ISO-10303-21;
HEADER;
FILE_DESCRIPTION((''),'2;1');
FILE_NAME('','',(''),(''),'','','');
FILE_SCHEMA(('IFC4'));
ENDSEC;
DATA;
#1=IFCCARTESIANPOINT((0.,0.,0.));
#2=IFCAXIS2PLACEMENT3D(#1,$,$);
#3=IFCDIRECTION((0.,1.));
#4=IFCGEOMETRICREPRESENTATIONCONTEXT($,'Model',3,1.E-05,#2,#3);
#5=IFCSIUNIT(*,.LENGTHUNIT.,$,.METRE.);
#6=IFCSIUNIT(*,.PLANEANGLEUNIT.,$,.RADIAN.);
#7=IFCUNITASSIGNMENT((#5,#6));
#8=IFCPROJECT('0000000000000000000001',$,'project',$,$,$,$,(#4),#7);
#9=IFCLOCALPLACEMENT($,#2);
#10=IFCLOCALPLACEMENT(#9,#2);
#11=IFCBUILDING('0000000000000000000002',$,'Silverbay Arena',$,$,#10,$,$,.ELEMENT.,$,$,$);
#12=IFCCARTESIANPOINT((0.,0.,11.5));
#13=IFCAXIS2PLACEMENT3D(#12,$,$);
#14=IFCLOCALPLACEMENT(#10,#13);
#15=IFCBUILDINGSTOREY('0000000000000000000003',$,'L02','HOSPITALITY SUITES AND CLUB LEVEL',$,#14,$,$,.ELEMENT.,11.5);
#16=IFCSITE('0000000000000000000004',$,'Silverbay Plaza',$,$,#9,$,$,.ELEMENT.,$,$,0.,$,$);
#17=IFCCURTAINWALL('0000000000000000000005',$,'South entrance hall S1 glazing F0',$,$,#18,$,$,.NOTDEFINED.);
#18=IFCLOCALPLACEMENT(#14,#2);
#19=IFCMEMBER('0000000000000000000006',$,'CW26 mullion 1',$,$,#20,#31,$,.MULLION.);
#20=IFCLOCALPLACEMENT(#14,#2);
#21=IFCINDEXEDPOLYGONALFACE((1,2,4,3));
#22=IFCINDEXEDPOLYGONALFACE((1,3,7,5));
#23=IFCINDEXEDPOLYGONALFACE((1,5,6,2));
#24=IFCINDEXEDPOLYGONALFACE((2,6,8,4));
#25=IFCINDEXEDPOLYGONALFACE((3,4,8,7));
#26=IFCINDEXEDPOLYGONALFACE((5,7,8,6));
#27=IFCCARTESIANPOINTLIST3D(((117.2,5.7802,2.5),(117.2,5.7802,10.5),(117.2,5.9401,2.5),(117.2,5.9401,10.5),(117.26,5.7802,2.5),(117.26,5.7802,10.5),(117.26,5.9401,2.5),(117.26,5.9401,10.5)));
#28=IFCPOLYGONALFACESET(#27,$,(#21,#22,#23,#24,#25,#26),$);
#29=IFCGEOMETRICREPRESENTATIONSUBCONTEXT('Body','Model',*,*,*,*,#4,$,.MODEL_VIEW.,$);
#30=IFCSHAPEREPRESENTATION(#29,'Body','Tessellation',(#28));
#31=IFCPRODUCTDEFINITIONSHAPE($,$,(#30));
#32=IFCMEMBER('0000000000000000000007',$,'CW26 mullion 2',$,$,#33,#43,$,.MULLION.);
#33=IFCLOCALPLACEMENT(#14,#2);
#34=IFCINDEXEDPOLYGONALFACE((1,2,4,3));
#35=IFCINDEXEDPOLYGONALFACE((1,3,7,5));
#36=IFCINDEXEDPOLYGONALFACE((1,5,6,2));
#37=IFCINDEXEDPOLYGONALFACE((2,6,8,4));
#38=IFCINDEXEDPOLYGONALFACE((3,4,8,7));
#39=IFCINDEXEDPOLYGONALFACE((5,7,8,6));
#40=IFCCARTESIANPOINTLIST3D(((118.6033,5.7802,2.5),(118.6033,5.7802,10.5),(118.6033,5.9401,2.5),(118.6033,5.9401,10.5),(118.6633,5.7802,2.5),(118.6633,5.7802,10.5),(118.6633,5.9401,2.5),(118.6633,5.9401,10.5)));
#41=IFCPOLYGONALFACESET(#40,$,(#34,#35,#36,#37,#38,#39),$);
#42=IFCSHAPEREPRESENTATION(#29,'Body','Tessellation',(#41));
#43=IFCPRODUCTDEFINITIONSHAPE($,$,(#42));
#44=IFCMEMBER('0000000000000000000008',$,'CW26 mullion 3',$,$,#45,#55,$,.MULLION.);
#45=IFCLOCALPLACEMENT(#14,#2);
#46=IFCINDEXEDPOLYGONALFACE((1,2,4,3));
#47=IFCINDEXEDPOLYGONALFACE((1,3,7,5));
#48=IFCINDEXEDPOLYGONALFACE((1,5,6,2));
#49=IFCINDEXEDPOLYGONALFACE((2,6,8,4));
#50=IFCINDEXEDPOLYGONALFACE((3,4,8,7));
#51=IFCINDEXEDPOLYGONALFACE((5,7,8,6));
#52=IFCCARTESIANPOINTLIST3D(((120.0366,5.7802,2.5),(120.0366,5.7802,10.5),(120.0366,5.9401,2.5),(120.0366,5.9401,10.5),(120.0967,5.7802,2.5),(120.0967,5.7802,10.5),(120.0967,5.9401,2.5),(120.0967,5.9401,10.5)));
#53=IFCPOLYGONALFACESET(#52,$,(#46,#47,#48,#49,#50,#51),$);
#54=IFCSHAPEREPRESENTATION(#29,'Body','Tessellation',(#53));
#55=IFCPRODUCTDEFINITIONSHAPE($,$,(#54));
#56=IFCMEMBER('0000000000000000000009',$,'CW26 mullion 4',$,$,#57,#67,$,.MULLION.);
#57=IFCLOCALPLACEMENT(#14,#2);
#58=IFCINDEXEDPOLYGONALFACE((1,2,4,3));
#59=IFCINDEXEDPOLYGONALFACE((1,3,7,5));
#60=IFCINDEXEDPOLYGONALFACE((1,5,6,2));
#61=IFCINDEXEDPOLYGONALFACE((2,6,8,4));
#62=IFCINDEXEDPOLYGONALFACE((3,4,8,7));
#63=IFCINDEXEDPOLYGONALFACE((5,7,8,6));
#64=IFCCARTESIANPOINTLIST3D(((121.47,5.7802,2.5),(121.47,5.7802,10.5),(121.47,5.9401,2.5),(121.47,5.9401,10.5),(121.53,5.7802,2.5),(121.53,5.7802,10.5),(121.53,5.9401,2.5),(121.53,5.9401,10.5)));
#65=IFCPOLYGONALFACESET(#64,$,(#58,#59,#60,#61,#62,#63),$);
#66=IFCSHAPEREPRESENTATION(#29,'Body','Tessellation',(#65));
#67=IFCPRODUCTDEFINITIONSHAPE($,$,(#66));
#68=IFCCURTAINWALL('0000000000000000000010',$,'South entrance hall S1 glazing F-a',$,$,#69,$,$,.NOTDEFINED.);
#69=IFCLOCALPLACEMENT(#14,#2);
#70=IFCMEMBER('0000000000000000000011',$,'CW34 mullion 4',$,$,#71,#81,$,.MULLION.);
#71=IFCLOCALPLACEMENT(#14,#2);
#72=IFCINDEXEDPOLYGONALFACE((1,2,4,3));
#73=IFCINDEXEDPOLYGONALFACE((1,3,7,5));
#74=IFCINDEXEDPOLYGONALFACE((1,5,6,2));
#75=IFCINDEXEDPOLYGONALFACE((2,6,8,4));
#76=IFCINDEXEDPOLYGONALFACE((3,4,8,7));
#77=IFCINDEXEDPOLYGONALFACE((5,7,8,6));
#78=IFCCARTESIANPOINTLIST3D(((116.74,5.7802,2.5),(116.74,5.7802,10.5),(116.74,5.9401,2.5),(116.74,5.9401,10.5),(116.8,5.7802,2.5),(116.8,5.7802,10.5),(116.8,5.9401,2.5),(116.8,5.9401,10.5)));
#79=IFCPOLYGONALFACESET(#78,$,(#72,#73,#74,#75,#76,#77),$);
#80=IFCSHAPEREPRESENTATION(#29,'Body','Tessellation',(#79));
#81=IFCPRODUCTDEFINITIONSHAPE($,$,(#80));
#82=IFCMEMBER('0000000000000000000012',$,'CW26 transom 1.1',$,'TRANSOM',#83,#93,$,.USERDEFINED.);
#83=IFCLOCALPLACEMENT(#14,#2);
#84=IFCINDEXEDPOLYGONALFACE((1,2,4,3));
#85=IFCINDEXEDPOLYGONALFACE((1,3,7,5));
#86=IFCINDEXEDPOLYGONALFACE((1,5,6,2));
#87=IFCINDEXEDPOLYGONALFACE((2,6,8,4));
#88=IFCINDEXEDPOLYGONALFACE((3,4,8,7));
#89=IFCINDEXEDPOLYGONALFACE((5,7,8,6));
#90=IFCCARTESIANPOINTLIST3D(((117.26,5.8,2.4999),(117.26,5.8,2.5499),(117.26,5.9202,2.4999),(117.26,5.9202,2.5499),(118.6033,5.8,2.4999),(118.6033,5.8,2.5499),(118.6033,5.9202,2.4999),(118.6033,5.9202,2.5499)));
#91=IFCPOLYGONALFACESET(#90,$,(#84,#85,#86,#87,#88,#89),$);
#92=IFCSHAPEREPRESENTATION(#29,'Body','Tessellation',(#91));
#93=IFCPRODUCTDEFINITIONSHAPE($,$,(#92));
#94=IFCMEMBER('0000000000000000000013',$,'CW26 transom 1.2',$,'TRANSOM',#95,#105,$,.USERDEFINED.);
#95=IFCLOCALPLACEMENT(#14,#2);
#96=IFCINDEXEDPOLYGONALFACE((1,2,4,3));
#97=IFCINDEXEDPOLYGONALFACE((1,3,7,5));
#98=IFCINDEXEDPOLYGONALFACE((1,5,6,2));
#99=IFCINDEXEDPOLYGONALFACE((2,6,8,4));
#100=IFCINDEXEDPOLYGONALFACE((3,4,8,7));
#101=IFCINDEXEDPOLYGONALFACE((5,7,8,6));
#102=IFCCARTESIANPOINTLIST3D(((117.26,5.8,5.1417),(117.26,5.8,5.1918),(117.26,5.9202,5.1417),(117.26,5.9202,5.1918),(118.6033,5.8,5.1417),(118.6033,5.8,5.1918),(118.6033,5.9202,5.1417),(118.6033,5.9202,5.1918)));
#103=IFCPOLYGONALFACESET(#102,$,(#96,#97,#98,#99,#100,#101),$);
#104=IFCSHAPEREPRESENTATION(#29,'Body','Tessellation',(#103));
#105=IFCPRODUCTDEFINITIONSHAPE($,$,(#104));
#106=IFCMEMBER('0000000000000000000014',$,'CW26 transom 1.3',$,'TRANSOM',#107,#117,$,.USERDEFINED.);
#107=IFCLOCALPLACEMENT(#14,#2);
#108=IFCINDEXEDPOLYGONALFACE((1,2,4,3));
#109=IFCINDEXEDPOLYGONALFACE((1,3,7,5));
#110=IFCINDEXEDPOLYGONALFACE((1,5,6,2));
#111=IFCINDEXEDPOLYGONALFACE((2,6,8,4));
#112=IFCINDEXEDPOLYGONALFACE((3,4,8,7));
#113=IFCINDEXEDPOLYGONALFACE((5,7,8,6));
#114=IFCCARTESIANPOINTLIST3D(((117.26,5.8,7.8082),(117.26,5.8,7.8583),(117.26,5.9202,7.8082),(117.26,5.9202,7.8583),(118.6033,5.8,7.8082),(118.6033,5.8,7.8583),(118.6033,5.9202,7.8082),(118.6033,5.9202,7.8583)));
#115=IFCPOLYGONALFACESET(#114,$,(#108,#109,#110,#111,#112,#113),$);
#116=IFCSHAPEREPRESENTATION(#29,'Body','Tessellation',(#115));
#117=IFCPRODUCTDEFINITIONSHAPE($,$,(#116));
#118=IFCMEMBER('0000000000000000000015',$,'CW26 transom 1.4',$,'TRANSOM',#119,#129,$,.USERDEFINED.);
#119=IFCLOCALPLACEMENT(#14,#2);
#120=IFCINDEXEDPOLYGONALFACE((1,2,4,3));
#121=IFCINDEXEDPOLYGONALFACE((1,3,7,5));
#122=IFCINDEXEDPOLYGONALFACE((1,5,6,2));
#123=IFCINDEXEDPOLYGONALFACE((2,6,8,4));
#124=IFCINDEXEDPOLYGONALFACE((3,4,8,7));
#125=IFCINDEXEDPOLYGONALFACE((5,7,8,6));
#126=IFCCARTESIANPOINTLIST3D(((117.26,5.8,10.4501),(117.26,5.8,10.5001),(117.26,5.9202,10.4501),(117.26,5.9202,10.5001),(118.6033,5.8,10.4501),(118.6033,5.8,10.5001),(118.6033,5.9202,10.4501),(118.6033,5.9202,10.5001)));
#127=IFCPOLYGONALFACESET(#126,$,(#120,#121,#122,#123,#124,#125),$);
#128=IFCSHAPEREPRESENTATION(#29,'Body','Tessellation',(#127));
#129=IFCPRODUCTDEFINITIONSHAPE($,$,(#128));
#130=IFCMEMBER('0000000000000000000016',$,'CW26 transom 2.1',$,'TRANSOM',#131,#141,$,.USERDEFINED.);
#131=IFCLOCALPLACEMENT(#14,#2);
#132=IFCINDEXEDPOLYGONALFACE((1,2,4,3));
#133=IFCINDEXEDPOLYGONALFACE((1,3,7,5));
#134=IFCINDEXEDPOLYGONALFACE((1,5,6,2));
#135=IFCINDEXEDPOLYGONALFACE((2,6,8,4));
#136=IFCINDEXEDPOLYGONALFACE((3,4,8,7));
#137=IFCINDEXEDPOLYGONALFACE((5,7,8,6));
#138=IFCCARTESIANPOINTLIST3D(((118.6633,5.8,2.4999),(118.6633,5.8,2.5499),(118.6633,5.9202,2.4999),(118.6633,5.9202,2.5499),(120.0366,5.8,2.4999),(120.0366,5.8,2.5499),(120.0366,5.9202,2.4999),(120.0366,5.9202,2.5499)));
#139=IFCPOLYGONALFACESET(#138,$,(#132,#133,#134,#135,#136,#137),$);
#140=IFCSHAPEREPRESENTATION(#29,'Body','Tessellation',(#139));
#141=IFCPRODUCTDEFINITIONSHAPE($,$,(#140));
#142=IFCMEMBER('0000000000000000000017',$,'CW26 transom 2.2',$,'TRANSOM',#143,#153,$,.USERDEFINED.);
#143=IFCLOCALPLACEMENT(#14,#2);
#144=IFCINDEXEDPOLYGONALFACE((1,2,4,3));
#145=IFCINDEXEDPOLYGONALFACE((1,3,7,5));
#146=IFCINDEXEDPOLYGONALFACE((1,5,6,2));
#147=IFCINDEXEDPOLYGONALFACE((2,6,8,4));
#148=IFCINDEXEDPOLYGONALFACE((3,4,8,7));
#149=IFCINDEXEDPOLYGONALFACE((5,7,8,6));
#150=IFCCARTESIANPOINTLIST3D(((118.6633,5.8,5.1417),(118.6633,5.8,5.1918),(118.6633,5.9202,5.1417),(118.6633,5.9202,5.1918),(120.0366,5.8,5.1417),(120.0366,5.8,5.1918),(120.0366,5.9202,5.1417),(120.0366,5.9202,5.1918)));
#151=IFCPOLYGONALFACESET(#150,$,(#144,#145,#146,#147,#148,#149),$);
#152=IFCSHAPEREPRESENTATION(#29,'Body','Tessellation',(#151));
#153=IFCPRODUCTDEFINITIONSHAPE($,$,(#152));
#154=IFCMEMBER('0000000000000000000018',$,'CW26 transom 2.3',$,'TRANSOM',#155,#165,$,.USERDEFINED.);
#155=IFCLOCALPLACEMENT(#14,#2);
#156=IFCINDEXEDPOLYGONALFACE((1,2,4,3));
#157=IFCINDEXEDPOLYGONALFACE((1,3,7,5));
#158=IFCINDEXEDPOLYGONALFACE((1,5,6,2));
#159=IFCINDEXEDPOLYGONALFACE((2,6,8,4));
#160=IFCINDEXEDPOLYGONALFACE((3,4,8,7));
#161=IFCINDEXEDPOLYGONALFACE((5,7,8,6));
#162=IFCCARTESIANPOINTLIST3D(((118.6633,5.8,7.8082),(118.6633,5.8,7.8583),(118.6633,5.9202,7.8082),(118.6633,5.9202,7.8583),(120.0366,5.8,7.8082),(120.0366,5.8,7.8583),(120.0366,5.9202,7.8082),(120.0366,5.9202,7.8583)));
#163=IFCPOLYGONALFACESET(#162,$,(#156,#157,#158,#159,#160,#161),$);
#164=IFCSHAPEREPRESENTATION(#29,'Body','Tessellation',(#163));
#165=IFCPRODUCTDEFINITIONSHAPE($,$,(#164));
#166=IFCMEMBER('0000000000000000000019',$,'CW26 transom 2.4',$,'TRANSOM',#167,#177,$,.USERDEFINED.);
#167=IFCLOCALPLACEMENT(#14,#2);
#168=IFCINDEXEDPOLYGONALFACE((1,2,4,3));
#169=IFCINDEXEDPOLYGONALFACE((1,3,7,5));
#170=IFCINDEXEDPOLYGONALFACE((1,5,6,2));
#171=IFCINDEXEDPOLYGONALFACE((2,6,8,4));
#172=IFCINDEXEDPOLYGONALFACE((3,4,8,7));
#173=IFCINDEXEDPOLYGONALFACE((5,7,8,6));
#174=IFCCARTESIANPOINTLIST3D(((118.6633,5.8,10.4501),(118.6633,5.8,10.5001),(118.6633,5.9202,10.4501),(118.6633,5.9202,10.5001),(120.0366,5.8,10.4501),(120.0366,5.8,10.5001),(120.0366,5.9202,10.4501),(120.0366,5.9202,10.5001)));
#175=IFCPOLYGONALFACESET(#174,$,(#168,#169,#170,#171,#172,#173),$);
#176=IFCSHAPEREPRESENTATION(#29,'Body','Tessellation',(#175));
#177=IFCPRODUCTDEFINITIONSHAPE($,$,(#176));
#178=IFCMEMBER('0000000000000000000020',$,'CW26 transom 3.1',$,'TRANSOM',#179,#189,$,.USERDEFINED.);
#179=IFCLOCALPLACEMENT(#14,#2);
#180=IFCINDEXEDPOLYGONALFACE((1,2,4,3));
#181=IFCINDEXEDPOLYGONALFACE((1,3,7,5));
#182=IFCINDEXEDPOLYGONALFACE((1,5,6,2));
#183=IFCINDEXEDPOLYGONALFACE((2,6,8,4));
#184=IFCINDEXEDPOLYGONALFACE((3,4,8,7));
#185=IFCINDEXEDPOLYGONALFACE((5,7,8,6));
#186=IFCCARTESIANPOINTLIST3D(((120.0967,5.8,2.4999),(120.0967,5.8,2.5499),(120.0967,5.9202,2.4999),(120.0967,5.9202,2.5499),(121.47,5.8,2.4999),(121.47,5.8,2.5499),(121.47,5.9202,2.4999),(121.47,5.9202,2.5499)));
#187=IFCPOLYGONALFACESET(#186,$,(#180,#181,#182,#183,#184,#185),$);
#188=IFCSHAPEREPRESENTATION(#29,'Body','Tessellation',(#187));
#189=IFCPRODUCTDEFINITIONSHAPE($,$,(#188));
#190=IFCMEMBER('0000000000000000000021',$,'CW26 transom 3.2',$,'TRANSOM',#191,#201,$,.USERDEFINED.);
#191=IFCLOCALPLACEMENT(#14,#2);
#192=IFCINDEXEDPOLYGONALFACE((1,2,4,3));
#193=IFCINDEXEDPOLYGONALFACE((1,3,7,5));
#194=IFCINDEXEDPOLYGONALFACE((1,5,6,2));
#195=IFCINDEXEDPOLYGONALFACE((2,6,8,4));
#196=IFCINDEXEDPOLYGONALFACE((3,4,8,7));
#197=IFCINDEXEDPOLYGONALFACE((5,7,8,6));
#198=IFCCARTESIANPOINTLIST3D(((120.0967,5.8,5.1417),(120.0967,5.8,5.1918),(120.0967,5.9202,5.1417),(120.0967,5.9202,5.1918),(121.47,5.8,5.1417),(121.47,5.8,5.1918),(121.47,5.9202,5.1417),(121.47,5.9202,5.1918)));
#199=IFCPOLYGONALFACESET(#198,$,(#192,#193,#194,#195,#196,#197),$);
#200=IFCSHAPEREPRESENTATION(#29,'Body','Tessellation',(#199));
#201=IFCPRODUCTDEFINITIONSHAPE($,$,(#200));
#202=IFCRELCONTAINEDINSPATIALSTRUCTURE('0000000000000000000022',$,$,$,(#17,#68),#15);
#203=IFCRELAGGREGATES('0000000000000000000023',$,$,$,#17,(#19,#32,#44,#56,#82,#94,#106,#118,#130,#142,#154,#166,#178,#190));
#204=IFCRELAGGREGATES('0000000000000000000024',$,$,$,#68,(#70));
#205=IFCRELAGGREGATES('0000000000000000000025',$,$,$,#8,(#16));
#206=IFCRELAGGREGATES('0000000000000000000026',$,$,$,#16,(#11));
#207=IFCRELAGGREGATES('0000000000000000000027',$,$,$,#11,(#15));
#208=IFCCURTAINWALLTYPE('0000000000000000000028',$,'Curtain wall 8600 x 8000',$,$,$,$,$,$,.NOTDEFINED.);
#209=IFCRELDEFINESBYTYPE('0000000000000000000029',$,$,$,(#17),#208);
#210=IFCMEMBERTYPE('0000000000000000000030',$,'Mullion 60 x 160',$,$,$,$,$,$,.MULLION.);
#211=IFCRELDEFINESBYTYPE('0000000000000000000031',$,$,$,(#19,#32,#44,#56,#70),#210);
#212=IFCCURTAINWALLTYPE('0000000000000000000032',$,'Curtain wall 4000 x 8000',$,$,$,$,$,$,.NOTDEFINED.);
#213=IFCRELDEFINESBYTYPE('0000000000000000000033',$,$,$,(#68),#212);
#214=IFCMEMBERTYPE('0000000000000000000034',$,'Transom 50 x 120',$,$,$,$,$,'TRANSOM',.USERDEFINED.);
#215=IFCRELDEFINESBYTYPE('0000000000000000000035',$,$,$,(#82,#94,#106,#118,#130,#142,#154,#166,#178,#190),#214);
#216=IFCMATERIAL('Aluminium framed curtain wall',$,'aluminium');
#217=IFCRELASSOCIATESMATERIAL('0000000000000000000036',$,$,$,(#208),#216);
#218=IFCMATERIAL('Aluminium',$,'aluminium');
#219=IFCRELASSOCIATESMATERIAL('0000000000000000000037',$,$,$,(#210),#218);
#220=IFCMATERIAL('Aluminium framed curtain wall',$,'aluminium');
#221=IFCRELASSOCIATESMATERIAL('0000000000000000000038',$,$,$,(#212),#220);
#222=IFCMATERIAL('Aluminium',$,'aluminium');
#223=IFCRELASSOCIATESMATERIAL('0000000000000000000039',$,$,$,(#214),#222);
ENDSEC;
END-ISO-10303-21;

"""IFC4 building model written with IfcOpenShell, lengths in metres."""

from ifc_helpers import new_model, si_unit, direction, frame, origin, origin_2d, place, context, subcontext, project, spatial, rectangle, extrude, material, material_profile, profile_set, type_object, element, aggregate, save


model = new_model("IFC4")

# Units and contexts
model_context = context("Model", 3, precision=1e-05, world=origin(), true_north=direction((0.0, 1.0)))
body_context = subcontext(model_context, "Body", "Model", "MODEL_VIEW")
ifc_project = project(units=[si_unit("LENGTHUNIT", "METRE"), si_unit("PLANEANGLEUNIT", "RADIAN")], contexts=[model_context])

# Site, building, storey
site_placement = place(None, origin())
site = spatial("IfcSite", under=ifc_project, at=site_placement, Name="Silverbay Plaza", CompositionType="ELEMENT", RefElevation=0.0)
building_placement = place(site_placement, origin())
building = spatial("IfcBuilding", under=site, at=building_placement, Name="Silverbay Arena", CompositionType="ELEMENT")
storey_placement = place(building_placement, frame((0.0, 0.0, 11.5)))
storey = spatial("IfcBuildingStorey", under=building, at=storey_placement, Name="L02", Description="HOSPITALITY SUITES AND CLUB LEVEL", CompositionType="ELEMENT", Elevation=11.5)

# Curtain wall, members
ifc_material_1 = material(Name="Aluminium framed curtain wall", Category="aluminium")
curtain_wall_type_1 = type_object("IfcCurtainWallType", Name="Curtain wall 8600 x 8000", PredefinedType="NOTDEFINED", material=ifc_material_1)
curtain_wall_1_placement = place(storey_placement, origin())
curtain_wall_1 = element("IfcCurtainWall", 1, at=curtain_wall_1_placement, inside=storey, type_object=curtain_wall_type_1, Name="South entrance hall S1 glazing F0", PredefinedType="NOTDEFINED")
ifc_material_2 = material(Name="Aluminium", Category="aluminium")
ifc_material_profile_1 = material_profile(ifc_material_2, rectangle(XDim=0.1599, YDim=0.0601, at=origin_2d()), Name="Mullion 60 x 160")
ifc_profile_set_1 = profile_set([ifc_material_profile_1], Name="Aluminium")
member_type_1 = type_object("IfcMemberType", Name="Mullion 60 x 160", PredefinedType="MULLION", material=ifc_profile_set_1)
member_1_placement = place(storey_placement, frame((117.23, 5.8601, 2.5), z_axis=(0.0, 0.0, 1.0), x_axis=(0.0, 1.0, 0.0)))
member_1 = element("IfcMember", 2, at=member_1_placement, type_object=member_type_1, Name="CW26 mullion 1", PredefinedType="MULLION", context=body_context, shape_type="SweptSolid", body=[
    extrude(rectangle(XDim=0.1599, YDim=0.0601, at=origin_2d()), origin(), (0.0, 0.0, 1.0), 8.0),
])
member_2_placement = place(storey_placement, frame((118.6333, 5.8601, 2.5), z_axis=(0.0, 0.0, 1.0), x_axis=(0.0, 1.0, 0.0)))
member_2 = element("IfcMember", 3, at=member_2_placement, type_object=member_type_1, Name="CW26 mullion 2", PredefinedType="MULLION", context=body_context, shape_type="SweptSolid", body=[
    extrude(rectangle(XDim=0.1599, YDim=0.0601, at=origin_2d()), origin(), (0.0, 0.0, 1.0), 8.0),
])
member_3_placement = place(storey_placement, frame((120.0667, 5.8601, 2.5), z_axis=(0.0, 0.0, 1.0), x_axis=(0.0, 1.0, 0.0)))
member_3 = element("IfcMember", 4, at=member_3_placement, type_object=member_type_1, Name="CW26 mullion 3", PredefinedType="MULLION", context=body_context, shape_type="SweptSolid", body=[
    extrude(rectangle(XDim=0.1599, YDim=0.0601, at=origin_2d()), origin(), (0.0, 0.0, 1.0), 8.0),
])
member_4_placement = place(storey_placement, frame((121.5, 5.8601, 2.5), z_axis=(0.0, 0.0, 1.0), x_axis=(0.0, 1.0, 0.0)))
member_4 = element("IfcMember", 5, at=member_4_placement, type_object=member_type_1, Name="CW26 mullion 4", PredefinedType="MULLION", context=body_context, shape_type="SweptSolid", body=[
    extrude(rectangle(XDim=0.1599, YDim=0.0601, at=origin_2d()), origin(), (0.0, 0.0, 1.0), 8.0),
])

# Curtain wall, member
ifc_material_3 = material(Name="Aluminium framed curtain wall", Category="aluminium")
curtain_wall_type_2 = type_object("IfcCurtainWallType", Name="Curtain wall 4000 x 8000", PredefinedType="NOTDEFINED", material=ifc_material_3)
curtain_wall_2_placement = place(storey_placement, origin())
curtain_wall_2 = element("IfcCurtainWall", 6, at=curtain_wall_2_placement, inside=storey, type_object=curtain_wall_type_2, Name="South entrance hall S1 glazing F-a", PredefinedType="NOTDEFINED")
member_5_placement = place(storey_placement, frame((116.77, 5.8601, 2.5), z_axis=(0.0, 0.0, 1.0), x_axis=(0.0, 1.0, 0.0)))
member_5 = element("IfcMember", 7, at=member_5_placement, type_object=member_type_1, Name="CW34 mullion 4", PredefinedType="MULLION", context=body_context, shape_type="SweptSolid", body=[
    extrude(rectangle(XDim=0.1599, YDim=0.0601, at=origin_2d()), origin(), (0.0, 0.0, 1.0), 8.0),
])

# Members
ifc_material_4 = material(Name="Aluminium", Category="aluminium")
ifc_material_profile_2 = material_profile(ifc_material_4, rectangle(XDim=0.1201, YDim=0.05, at=origin_2d()), Name="Transom 50 x 120")
ifc_profile_set_2 = profile_set([ifc_material_profile_2], Name="Aluminium")
member_type_2 = type_object("IfcMemberType", Name="Transom 50 x 120", ElementType="TRANSOM", PredefinedType="USERDEFINED", material=ifc_profile_set_2)
member_6_placement = place(storey_placement, frame((117.26, 5.8601, 2.5249), z_axis=(1.0, 0.0, 0.0), x_axis=(0.0, 1.0, 0.0)))
member_6 = element("IfcMember", 8, at=member_6_placement, type_object=member_type_2, Name="CW26 transom 1.1", ObjectType="TRANSOM", PredefinedType="USERDEFINED", context=body_context, shape_type="SweptSolid", body=[
    extrude(rectangle(XDim=0.1201, YDim=0.05, at=origin_2d()), origin(), (0.0, 0.0, 1.0), 1.3433),
])
member_7_placement = place(storey_placement, frame((117.26, 5.8601, 5.1667), z_axis=(1.0, 0.0, 0.0), x_axis=(0.0, 1.0, 0.0)))
member_7 = element("IfcMember", 9, at=member_7_placement, type_object=member_type_2, Name="CW26 transom 1.2", ObjectType="TRANSOM", PredefinedType="USERDEFINED", context=body_context, shape_type="SweptSolid", body=[
    extrude(rectangle(XDim=0.1201, YDim=0.05, at=origin_2d()), origin(), (0.0, 0.0, 1.0), 1.3433),
])
member_8_placement = place(storey_placement, frame((117.26, 5.8601, 7.8333), z_axis=(1.0, 0.0, 0.0), x_axis=(0.0, 1.0, 0.0)))
member_8 = element("IfcMember", 10, at=member_8_placement, type_object=member_type_2, Name="CW26 transom 1.3", ObjectType="TRANSOM", PredefinedType="USERDEFINED", context=body_context, shape_type="SweptSolid", body=[
    extrude(rectangle(XDim=0.1201, YDim=0.05, at=origin_2d()), origin(), (0.0, 0.0, 1.0), 1.3433),
])
member_9_placement = place(storey_placement, frame((117.26, 5.8601, 10.4751), z_axis=(1.0, 0.0, 0.0), x_axis=(0.0, 1.0, 0.0)))
member_9 = element("IfcMember", 11, at=member_9_placement, type_object=member_type_2, Name="CW26 transom 1.4", ObjectType="TRANSOM", PredefinedType="USERDEFINED", context=body_context, shape_type="SweptSolid", body=[
    extrude(rectangle(XDim=0.1201, YDim=0.05, at=origin_2d()), origin(), (0.0, 0.0, 1.0), 1.3433),
])
member_10_placement = place(storey_placement, frame((118.6633, 5.8601, 2.5249), z_axis=(1.0, 0.0, 0.0), x_axis=(0.0, 1.0, 0.0)))
member_10 = element("IfcMember", 12, at=member_10_placement, type_object=member_type_2, Name="CW26 transom 2.1", ObjectType="TRANSOM", PredefinedType="USERDEFINED", context=body_context, shape_type="SweptSolid", body=[
    extrude(rectangle(XDim=0.1201, YDim=0.05, at=origin_2d()), origin(), (0.0, 0.0, 1.0), 1.3733),
])
member_11_placement = place(storey_placement, frame((118.6633, 5.8601, 5.1667), z_axis=(1.0, 0.0, 0.0), x_axis=(0.0, 1.0, 0.0)))
member_11 = element("IfcMember", 13, at=member_11_placement, type_object=member_type_2, Name="CW26 transom 2.2", ObjectType="TRANSOM", PredefinedType="USERDEFINED", context=body_context, shape_type="SweptSolid", body=[
    extrude(rectangle(XDim=0.1201, YDim=0.05, at=origin_2d()), origin(), (0.0, 0.0, 1.0), 1.3733),
])
member_12_placement = place(storey_placement, frame((118.6633, 5.8601, 7.8333), z_axis=(1.0, 0.0, 0.0), x_axis=(0.0, 1.0, 0.0)))
member_12 = element("IfcMember", 14, at=member_12_placement, type_object=member_type_2, Name="CW26 transom 2.3", ObjectType="TRANSOM", PredefinedType="USERDEFINED", context=body_context, shape_type="SweptSolid", body=[
    extrude(rectangle(XDim=0.1201, YDim=0.05, at=origin_2d()), origin(), (0.0, 0.0, 1.0), 1.3733),
])
member_13_placement = place(storey_placement, frame((118.6633, 5.8601, 10.4751), z_axis=(1.0, 0.0, 0.0), x_axis=(0.0, 1.0, 0.0)))
member_13 = element("IfcMember", 15, at=member_13_placement, type_object=member_type_2, Name="CW26 transom 2.4", ObjectType="TRANSOM", PredefinedType="USERDEFINED", context=body_context, shape_type="SweptSolid", body=[
    extrude(rectangle(XDim=0.1201, YDim=0.05, at=origin_2d()), origin(), (0.0, 0.0, 1.0), 1.3733),
])
member_14_placement = place(storey_placement, frame((120.0967, 5.8601, 2.5249), z_axis=(1.0, 0.0, 0.0), x_axis=(0.0, 1.0, 0.0)))
member_14 = element("IfcMember", 16, at=member_14_placement, type_object=member_type_2, Name="CW26 transom 3.1", ObjectType="TRANSOM", PredefinedType="USERDEFINED", context=body_context, shape_type="SweptSolid", body=[
    extrude(rectangle(XDim=0.1201, YDim=0.05, at=origin_2d()), origin(), (0.0, 0.0, 1.0), 1.3733),
])
member_15_placement = place(storey_placement, frame((120.0967, 5.8601, 5.1667), z_axis=(1.0, 0.0, 0.0), x_axis=(0.0, 1.0, 0.0)))
member_15 = element("IfcMember", 17, at=member_15_placement, type_object=member_type_2, Name="CW26 transom 3.2", ObjectType="TRANSOM", PredefinedType="USERDEFINED", context=body_context, shape_type="SweptSolid", body=[
    extrude(rectangle(XDim=0.1201, YDim=0.05, at=origin_2d()), origin(), (0.0, 0.0, 1.0), 1.3733),
])

aggregate(curtain_wall_1, [member_1, member_2, member_3, member_4, member_6, member_7, member_8, member_9, member_10, member_11, member_12, member_13, member_14, member_15])
aggregate(curtain_wall_2, [member_5])

save(model, "model.ifc")
